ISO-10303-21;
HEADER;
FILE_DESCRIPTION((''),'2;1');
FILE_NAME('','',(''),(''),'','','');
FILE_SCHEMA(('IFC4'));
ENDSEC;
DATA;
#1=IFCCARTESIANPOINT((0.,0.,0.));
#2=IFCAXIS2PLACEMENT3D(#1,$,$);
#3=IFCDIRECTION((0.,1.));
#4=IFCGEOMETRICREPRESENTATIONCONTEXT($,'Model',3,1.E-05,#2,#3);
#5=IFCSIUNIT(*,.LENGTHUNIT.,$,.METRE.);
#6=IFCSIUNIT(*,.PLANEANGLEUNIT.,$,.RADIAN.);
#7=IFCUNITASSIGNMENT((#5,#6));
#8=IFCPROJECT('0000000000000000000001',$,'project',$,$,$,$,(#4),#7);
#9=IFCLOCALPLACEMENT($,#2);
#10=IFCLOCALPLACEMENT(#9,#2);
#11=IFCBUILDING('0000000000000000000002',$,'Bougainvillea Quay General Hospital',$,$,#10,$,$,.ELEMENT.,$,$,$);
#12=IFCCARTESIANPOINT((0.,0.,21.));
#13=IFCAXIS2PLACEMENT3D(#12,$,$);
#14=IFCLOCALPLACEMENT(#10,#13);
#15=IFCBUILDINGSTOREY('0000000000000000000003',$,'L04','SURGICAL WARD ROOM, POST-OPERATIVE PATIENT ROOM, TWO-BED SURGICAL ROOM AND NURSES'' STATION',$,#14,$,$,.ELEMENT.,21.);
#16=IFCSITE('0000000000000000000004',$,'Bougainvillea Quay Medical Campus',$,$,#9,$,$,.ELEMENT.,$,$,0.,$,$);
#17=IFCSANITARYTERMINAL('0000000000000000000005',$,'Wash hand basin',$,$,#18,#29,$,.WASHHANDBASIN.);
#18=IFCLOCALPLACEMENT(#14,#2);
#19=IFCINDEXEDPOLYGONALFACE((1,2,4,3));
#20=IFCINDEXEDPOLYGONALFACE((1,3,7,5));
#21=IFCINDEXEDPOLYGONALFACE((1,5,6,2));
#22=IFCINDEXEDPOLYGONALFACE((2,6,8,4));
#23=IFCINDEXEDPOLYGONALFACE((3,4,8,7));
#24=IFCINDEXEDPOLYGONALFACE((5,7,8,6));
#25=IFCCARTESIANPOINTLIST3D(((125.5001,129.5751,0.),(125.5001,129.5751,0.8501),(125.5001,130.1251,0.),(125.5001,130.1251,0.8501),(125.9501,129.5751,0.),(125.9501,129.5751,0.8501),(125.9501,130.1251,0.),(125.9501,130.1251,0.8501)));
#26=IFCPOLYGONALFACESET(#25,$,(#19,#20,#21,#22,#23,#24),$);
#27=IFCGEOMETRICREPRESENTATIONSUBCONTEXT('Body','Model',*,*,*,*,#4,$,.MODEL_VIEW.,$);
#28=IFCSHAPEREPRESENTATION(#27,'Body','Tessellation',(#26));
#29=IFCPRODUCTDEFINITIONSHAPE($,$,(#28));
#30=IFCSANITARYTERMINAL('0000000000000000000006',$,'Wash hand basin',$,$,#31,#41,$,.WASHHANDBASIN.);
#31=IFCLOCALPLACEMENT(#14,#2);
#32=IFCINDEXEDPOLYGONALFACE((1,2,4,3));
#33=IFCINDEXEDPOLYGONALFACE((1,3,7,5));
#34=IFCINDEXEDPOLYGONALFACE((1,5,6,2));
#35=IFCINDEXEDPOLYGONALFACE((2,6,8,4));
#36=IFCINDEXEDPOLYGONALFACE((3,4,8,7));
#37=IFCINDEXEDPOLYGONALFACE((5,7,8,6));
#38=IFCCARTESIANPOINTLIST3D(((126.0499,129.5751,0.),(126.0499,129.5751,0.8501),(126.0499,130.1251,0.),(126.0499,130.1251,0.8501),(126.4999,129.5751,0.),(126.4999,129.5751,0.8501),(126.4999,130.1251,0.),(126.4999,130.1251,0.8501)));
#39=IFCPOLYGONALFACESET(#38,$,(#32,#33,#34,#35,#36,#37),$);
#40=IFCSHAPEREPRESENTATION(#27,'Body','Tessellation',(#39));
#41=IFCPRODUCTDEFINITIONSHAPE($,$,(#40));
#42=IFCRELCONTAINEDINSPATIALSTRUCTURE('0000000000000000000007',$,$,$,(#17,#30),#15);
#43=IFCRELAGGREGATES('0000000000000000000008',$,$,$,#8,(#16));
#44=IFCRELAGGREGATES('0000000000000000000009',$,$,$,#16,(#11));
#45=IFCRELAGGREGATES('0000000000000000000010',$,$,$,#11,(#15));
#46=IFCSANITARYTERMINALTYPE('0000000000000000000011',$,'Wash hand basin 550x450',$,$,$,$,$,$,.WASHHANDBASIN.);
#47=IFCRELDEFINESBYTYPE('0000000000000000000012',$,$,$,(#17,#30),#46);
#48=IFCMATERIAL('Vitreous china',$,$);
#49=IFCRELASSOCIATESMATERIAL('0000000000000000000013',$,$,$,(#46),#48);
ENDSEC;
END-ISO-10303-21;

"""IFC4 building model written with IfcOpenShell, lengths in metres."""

from ifc_helpers import new_model, si_unit, direction, frame, origin, origin_2d, place, context, subcontext, project, spatial, rectangle, extrude, material, type_object, element, save


model = new_model("IFC4")

# Units and contexts
model_context = context("Model", 3, precision=1e-05, world=origin(), true_north=direction((0.0, 1.0)))
body_context = subcontext(model_context, "Body", "Model", "MODEL_VIEW")
ifc_project = project(units=[si_unit("LENGTHUNIT", "METRE"), si_unit("PLANEANGLEUNIT", "RADIAN")], contexts=[model_context])

# Site, building, storey
site_placement = place(None, origin())
site = spatial("IfcSite", under=ifc_project, at=site_placement, Name="Bougainvillea Quay Medical Campus", CompositionType="ELEMENT", RefElevation=0.0)
building_placement = place(site_placement, origin())
building = spatial("IfcBuilding", under=site, at=building_placement, Name="Bougainvillea Quay General Hospital", CompositionType="ELEMENT")
storey_placement = place(building_placement, frame((0.0, 0.0, 21.0)))
storey = spatial("IfcBuildingStorey", under=building, at=storey_placement, Name="L04", Description="SURGICAL WARD ROOM, POST-OPERATIVE PATIENT ROOM, TWO-BED SURGICAL ROOM AND NURSES' STATION", CompositionType="ELEMENT", Elevation=21.0)

# Sanitary terminals
ifc_material_1 = material(Name="Vitreous china")
sanitary_terminal_type_1 = type_object("IfcSanitaryTerminalType", Name="Wash hand basin 550x450", PredefinedType="WASHHANDBASIN", material=ifc_material_1)
for number, where, z_axis, x_axis, name in (
    (1, (125.7251, 129.8501, 0.0), (0.0, 0.0, 1.0), (0.0, -1.0, 0.0), "Wash hand basin"),
    (2, (126.2749, 129.8501, 0.0), (0.0, 0.0, 1.0), (0.0, 1.0, 0.0), "Wash hand basin"),
):
    element("IfcSanitaryTerminal", number, at=place(storey_placement, frame(where, z_axis=z_axis, x_axis=x_axis)), inside=storey, type_object=sanitary_terminal_type_1, Name=name, PredefinedType="WASHHANDBASIN", context=body_context, shape_type="SweptSolid", body=[
        extrude(rectangle(XDim=0.55, YDim=0.45, at=origin_2d()), origin(), (0.0, 0.0, 1.0), 0.8501),
    ])

save(model, "model.ifc")
